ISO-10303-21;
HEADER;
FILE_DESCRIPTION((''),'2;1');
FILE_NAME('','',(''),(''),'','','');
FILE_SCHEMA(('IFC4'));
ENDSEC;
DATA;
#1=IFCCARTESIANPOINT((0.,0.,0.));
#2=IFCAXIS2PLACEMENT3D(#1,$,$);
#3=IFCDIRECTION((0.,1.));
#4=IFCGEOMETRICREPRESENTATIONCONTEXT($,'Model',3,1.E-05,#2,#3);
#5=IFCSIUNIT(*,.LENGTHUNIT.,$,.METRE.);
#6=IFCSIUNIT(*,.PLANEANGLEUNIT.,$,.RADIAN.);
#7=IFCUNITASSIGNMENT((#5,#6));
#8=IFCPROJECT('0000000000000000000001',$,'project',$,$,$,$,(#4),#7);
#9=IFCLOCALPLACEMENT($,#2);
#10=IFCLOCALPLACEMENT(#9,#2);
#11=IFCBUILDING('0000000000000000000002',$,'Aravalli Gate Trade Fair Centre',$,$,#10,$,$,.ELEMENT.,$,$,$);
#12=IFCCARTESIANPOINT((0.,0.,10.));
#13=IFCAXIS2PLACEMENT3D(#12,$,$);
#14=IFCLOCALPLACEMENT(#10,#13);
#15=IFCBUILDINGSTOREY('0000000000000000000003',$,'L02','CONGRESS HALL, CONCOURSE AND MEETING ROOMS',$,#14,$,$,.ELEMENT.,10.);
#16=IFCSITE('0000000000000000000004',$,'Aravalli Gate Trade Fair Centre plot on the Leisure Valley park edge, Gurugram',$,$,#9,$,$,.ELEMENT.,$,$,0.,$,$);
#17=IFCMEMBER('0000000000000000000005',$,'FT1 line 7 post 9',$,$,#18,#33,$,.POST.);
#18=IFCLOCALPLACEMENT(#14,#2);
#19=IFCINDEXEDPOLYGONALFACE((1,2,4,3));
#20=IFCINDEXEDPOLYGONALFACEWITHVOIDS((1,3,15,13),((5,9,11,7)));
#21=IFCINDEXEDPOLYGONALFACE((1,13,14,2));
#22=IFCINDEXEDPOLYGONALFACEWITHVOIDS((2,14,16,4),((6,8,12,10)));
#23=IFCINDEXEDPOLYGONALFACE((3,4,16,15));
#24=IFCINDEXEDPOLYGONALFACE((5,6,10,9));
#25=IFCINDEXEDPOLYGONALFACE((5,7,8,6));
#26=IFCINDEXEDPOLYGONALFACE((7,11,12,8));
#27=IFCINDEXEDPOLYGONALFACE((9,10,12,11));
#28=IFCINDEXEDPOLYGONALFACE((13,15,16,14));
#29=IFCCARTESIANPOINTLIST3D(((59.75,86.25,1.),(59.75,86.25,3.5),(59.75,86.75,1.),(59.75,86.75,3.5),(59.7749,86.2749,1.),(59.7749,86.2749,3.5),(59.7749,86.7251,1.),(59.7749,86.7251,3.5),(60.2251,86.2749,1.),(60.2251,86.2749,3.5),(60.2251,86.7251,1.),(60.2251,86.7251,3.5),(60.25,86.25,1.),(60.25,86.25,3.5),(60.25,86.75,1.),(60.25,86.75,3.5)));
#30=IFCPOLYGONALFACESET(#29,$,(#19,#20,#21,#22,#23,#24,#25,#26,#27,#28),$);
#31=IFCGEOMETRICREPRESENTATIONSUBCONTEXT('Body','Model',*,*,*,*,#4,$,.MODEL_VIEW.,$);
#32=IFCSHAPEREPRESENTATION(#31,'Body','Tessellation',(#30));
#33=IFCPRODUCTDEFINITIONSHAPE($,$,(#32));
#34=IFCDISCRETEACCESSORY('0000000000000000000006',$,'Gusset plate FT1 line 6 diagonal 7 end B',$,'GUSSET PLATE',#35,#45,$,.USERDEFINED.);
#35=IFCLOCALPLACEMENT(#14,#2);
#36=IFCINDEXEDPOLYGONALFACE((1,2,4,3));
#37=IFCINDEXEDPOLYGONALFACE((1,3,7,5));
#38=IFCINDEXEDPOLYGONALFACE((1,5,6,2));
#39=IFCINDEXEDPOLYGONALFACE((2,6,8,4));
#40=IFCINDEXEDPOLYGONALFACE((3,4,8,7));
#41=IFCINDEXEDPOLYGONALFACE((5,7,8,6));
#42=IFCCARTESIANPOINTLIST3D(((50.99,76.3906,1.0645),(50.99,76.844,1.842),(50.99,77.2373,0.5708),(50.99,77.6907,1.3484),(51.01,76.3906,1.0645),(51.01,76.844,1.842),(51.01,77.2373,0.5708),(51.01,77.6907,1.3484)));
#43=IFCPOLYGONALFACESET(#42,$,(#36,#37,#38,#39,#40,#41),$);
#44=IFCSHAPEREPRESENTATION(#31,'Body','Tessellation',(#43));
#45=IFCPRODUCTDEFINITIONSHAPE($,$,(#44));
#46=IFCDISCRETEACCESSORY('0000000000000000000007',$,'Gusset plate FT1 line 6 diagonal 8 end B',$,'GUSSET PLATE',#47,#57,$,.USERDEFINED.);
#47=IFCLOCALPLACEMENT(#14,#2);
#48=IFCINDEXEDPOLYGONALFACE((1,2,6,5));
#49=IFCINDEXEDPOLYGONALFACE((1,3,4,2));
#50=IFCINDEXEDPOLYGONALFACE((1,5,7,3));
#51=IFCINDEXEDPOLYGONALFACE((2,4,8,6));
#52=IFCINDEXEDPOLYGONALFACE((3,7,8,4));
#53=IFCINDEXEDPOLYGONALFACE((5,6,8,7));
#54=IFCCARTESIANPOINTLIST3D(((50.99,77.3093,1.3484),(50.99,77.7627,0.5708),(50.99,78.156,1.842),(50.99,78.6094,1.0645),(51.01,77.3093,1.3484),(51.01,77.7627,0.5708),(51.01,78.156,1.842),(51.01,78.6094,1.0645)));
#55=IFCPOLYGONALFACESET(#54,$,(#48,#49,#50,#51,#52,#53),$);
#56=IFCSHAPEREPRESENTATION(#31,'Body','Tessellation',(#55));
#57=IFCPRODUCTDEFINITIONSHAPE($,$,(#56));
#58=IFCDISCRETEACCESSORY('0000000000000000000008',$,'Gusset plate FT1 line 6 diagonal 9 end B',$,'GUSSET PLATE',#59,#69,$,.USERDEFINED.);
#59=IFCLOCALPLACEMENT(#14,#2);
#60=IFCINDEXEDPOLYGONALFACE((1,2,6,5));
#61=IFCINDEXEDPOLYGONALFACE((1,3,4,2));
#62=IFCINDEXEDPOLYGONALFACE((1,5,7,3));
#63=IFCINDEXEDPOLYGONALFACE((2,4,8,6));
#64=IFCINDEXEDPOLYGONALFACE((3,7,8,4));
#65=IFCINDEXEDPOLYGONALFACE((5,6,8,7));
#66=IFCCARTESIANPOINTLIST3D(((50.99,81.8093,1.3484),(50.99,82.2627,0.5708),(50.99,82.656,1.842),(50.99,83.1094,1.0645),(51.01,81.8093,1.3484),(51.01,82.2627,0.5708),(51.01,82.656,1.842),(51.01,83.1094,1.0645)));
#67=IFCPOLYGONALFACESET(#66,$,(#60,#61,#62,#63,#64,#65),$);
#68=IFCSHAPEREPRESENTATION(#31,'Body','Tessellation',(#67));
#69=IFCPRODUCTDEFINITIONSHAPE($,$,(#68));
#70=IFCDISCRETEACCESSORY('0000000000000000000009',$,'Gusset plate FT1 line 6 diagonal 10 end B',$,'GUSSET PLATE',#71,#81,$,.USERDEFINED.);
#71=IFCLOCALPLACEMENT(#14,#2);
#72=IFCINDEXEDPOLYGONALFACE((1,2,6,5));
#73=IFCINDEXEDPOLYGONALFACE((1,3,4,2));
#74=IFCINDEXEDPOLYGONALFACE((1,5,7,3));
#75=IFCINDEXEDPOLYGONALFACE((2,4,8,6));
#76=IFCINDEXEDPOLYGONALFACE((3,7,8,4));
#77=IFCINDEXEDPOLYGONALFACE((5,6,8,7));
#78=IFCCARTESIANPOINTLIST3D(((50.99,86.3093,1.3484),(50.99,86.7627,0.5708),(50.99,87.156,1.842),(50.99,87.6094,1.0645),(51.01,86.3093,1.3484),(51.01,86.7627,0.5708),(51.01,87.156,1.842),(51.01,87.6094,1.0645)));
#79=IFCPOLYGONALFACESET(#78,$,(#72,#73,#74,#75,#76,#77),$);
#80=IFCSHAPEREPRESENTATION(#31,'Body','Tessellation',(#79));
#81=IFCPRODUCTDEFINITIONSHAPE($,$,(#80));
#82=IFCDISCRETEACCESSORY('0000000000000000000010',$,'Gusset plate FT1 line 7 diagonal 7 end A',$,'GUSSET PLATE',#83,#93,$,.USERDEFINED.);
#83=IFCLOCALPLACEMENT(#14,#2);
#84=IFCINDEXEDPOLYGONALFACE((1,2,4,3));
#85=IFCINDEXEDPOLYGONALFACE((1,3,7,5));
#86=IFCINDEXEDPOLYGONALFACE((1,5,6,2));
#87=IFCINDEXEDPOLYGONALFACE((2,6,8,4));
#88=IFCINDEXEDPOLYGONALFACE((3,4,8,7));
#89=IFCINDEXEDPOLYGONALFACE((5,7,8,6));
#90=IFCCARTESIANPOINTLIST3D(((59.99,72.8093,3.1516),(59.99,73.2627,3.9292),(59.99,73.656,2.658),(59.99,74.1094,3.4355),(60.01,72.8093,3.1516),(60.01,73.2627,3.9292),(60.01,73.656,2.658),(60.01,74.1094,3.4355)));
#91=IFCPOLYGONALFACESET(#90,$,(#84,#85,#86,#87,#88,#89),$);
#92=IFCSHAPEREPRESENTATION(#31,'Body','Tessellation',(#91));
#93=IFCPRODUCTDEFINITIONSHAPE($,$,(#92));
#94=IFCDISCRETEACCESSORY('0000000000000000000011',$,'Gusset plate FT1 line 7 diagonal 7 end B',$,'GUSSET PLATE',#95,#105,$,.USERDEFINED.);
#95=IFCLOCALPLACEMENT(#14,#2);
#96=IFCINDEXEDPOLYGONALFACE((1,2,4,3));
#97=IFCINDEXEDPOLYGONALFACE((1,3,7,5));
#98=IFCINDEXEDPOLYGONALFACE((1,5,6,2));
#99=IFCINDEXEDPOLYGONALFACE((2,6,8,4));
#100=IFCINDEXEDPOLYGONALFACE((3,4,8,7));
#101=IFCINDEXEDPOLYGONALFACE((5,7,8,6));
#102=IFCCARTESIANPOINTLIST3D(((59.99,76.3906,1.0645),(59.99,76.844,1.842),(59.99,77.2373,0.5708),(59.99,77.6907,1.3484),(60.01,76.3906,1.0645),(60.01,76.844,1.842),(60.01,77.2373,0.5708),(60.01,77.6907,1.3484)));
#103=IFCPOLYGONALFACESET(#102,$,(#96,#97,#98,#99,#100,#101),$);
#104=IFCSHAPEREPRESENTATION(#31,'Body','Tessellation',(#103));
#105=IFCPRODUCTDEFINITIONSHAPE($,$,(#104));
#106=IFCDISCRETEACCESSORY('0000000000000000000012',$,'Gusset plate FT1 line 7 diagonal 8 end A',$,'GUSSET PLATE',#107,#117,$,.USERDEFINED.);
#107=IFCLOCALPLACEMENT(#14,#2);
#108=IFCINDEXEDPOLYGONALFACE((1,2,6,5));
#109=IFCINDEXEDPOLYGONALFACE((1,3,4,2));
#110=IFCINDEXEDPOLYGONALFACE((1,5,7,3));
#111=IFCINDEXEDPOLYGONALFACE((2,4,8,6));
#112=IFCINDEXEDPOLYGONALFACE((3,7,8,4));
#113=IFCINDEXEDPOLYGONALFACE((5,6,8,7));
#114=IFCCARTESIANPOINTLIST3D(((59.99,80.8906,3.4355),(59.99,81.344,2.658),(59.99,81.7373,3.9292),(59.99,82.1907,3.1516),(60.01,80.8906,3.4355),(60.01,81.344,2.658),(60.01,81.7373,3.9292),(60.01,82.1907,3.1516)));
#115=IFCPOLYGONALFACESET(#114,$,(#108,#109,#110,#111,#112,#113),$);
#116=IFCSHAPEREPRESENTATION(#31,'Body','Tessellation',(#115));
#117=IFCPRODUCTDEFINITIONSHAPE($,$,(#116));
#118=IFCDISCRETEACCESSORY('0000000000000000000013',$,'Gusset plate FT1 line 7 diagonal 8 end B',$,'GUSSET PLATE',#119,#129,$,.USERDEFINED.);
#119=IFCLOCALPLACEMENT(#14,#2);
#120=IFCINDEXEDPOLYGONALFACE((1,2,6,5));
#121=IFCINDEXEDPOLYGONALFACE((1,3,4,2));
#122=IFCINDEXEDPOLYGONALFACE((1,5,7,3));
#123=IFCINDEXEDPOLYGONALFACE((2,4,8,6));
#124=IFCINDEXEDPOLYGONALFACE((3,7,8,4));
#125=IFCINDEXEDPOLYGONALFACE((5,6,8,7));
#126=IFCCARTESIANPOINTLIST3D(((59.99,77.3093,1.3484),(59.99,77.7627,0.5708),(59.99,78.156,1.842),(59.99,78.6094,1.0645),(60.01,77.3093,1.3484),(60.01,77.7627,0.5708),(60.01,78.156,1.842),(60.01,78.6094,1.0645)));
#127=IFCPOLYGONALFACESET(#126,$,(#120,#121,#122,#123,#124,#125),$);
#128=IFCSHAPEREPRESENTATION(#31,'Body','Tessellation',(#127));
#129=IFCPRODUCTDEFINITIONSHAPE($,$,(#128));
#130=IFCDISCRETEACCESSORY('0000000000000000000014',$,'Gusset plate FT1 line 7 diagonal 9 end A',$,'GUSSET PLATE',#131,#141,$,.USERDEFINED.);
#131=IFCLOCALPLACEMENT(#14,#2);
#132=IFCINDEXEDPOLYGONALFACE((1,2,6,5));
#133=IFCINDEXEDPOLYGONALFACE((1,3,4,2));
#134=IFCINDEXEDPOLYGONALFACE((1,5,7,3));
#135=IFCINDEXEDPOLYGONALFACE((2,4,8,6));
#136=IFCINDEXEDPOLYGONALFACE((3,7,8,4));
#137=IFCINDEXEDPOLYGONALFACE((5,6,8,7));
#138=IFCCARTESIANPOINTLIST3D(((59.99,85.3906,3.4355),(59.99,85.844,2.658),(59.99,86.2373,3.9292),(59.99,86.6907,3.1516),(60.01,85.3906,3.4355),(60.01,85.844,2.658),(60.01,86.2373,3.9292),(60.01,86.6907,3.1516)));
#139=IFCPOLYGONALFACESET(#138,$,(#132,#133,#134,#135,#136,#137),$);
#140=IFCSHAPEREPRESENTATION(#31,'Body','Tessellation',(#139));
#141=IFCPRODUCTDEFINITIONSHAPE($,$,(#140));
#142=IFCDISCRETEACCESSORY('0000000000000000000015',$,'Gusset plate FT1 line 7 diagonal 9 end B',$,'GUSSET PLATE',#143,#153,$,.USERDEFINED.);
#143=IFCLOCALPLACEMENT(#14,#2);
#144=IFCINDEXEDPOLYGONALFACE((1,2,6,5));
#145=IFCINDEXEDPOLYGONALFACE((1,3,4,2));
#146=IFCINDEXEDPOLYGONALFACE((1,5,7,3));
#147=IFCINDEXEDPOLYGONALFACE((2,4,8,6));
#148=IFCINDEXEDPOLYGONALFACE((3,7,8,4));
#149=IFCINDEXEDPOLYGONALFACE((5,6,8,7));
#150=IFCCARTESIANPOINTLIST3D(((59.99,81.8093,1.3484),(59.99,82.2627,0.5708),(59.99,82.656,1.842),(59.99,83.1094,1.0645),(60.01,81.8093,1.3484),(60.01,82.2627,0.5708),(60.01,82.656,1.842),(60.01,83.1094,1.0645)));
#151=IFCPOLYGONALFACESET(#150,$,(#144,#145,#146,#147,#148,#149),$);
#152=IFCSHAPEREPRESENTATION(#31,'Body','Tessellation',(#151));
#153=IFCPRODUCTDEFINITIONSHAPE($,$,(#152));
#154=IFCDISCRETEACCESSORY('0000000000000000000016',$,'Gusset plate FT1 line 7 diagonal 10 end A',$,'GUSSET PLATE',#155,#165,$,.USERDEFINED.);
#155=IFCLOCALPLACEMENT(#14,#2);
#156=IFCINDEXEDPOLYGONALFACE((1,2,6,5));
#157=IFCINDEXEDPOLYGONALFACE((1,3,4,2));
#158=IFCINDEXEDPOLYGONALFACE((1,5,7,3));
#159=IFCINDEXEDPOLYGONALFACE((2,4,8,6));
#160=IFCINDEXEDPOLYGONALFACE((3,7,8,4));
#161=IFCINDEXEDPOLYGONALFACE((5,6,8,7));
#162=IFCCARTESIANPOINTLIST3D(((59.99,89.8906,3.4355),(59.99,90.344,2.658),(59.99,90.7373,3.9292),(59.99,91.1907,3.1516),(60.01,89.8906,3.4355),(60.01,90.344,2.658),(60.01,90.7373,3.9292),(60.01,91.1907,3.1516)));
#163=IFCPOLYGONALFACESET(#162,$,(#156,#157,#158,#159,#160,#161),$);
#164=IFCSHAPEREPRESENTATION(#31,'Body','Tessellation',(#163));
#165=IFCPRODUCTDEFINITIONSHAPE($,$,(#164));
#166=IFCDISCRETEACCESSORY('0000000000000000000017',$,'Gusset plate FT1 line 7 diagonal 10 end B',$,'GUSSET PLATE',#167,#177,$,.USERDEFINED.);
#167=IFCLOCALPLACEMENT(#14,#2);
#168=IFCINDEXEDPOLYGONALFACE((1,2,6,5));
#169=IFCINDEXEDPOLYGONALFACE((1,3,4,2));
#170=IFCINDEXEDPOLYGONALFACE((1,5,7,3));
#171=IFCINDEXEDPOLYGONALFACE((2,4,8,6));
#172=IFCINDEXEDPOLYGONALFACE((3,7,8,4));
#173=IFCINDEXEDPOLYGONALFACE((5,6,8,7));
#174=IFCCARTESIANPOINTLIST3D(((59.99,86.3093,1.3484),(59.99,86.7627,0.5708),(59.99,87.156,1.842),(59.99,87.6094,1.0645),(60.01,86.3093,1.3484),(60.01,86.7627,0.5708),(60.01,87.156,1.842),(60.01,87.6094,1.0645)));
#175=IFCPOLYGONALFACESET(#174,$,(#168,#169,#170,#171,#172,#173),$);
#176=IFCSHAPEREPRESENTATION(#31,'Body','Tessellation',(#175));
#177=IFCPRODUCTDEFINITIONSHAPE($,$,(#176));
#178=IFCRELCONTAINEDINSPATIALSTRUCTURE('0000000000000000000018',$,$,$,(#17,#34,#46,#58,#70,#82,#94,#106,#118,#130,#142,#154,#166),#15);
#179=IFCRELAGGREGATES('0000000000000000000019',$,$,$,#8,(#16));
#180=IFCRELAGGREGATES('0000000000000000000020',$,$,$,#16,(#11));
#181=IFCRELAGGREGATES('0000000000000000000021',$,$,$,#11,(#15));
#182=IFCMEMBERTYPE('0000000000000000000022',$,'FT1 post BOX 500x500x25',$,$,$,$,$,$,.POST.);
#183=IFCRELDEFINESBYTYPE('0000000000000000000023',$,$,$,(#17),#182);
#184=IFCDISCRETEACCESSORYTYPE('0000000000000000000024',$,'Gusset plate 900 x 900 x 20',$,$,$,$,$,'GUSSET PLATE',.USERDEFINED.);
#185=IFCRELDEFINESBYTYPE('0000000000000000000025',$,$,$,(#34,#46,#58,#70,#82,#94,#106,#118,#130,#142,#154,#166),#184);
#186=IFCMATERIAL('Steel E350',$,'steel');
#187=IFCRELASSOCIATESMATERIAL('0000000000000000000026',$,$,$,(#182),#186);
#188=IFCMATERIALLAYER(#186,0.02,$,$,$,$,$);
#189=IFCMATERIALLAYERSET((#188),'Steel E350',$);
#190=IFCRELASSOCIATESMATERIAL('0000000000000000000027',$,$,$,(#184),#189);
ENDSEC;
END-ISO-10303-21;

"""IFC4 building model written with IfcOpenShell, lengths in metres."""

from ifc_helpers import new_model, si_unit, direction, frame, origin, origin_2d, place, context, subcontext, project, spatial, polyline, hollow_rectangle, outline, extrude, material, layer, layer_set, material_profile, profile_set, type_object, element, save


model = new_model("IFC4")

# Units and contexts
model_context = context("Model", 3, precision=1e-05, world=origin(), true_north=direction((0.0, 1.0)))
body_context = subcontext(model_context, "Body", "Model", "MODEL_VIEW")
ifc_project = project(units=[si_unit("LENGTHUNIT", "METRE"), si_unit("PLANEANGLEUNIT", "RADIAN")], contexts=[model_context])

# Site, building, storey
site_placement = place(None, origin())
site = spatial("IfcSite", under=ifc_project, at=site_placement, Name="Aravalli Gate Trade Fair Centre plot on the Leisure Valley park edge, Gurugram", CompositionType="ELEMENT", RefElevation=0.0)
building_placement = place(site_placement, origin())
building = spatial("IfcBuilding", under=site, at=building_placement, Name="Aravalli Gate Trade Fair Centre", CompositionType="ELEMENT")
storey_placement = place(building_placement, frame((0.0, 0.0, 10.0)))
storey = spatial("IfcBuildingStorey", under=building, at=storey_placement, Name="L02", Description="CONGRESS HALL, CONCOURSE AND MEETING ROOMS", CompositionType="ELEMENT", Elevation=10.0)

# Member
ifc_material = material(Name="Steel E350", Category="steel")
ifc_material_profile_1 = material_profile(ifc_material, hollow_rectangle(XDim=0.5, YDim=0.5, WallThickness=0.0249, at=origin_2d()), Name="BOX 500x500x25")
ifc_profile_set_1 = profile_set([ifc_material_profile_1], Name="Steel E350")
member_type_1 = type_object("IfcMemberType", Name="FT1 post BOX 500x500x25", PredefinedType="POST", material=ifc_profile_set_1)
for number, where, z_axis, x_axis, name in (
    (1, (60.0, 86.5, 1.0), (0.0, 0.0, 1.0), (1.0, 0.0, 0.0), "FT1 line 7 post 9"),
):
    element("IfcMember", number, at=place(storey_placement, frame(where, z_axis=z_axis, x_axis=x_axis)), inside=storey, type_object=member_type_1, Name=name, PredefinedType="POST", context=body_context, shape_type="SweptSolid", body=[
        extrude(hollow_rectangle(XDim=0.5, YDim=0.5, WallThickness=0.0249, at=origin_2d()), origin(), (0.0, 0.0, 1.0), 2.5),
    ])

# Discrete accessories
ifc_layer = layer(ifc_material, 0.02)
ifc_layer_set = layer_set([ifc_layer], Name="Steel E350")
discrete_accessory_type = type_object("IfcDiscreteAccessoryType", Name="Gusset plate 900 x 900 x 20", ElementType="GUSSET PLATE", PredefinedType="USERDEFINED", material=ifc_layer_set)
discrete_accessory_1_placement = place(storey_placement, frame((51.01, 76.3906, 1.0645), z_axis=(1.0, 0.0, 0.0), x_axis=(0.0, 0.863887, -0.503685)))
element("IfcDiscreteAccessory", 2, at=discrete_accessory_1_placement, inside=storey, type_object=discrete_accessory_type, Name="Gusset plate FT1 line 6 diagonal 7 end B", ObjectType="GUSSET PLATE", PredefinedType="USERDEFINED", context=body_context, shape_type="SweptSolid", body=[
    extrude(outline(polyline([(0.0, 0.0), (0.9801, 0.0), (0.9801, 0.9001), (0.0, 0.9001), (0.0, 0.0)])), origin(), (0.0, 0.0, -1.0), 0.02),
])
for number, where, z_axis, x_axis, name in (
    (3, (51.01, 78.156, 1.842), (1.0, 0.0, 0.0), (0.0, -0.863887, -0.503685), "Gusset plate FT1 line 6 diagonal 8 end B"),
    (4, (51.01, 82.656, 1.842), (1.0, 0.0, 0.0), (0.0, -0.863887, -0.503685), "Gusset plate FT1 line 6 diagonal 9 end B"),
    (5, (51.01, 87.156, 1.842), (1.0, 0.0, 0.0), (0.0, -0.863887, -0.503685), "Gusset plate FT1 line 6 diagonal 10 end B"),
    (6, (59.99, 73.656, 2.658), (-1.0, 0.0, 0.0), (0.0, -0.863887, 0.503685), "Gusset plate FT1 line 7 diagonal 7 end A"),
):
    element("IfcDiscreteAccessory", number, at=place(storey_placement, frame(where, z_axis=z_axis, x_axis=x_axis)), inside=storey, type_object=discrete_accessory_type, Name=name, ObjectType="GUSSET PLATE", PredefinedType="USERDEFINED", context=body_context, shape_type="SweptSolid", body=[
        extrude(outline(polyline([(0.0, 0.0), (0.9801, 0.0), (0.9801, 0.9001), (0.0, 0.9001), (0.0, 0.0)])), origin(), (0.0, 0.0, -1.0), 0.02),
    ])
for number, where, z_axis, x_axis, name in (
    (7, (60.01, 76.3906, 1.0645), (1.0, 0.0, 0.0), (0.0, 0.863887, -0.503685), "Gusset plate FT1 line 7 diagonal 7 end B"),
    (8, (59.99, 80.8906, 3.4355), (-1.0, 0.0, 0.0), (0.0, 0.863887, 0.503685), "Gusset plate FT1 line 7 diagonal 8 end A"),
):
    element("IfcDiscreteAccessory", number, at=place(storey_placement, frame(where, z_axis=z_axis, x_axis=x_axis)), inside=storey, type_object=discrete_accessory_type, Name=name, ObjectType="GUSSET PLATE", PredefinedType="USERDEFINED", context=body_context, shape_type="SweptSolid", body=[
        extrude(outline(polyline([(0.0, 0.0), (0.9801, 0.0), (0.9801, 0.9001), (0.0, 0.9001), (0.0, 0.0)])), origin(), (0.0, 0.0, -1.0), 0.02),
    ])
discrete_accessory_2_placement = place(storey_placement, frame((60.01, 78.156, 1.842), z_axis=(1.0, 0.0, 0.0), x_axis=(0.0, -0.863887, -0.503685)))
element("IfcDiscreteAccessory", 9, at=discrete_accessory_2_placement, inside=storey, type_object=discrete_accessory_type, Name="Gusset plate FT1 line 7 diagonal 8 end B", ObjectType="GUSSET PLATE", PredefinedType="USERDEFINED", context=body_context, shape_type="SweptSolid", body=[
    extrude(outline(polyline([(0.0, 0.0), (0.9801, 0.0), (0.9801, 0.9001), (0.0, 0.9001), (0.0, 0.0)])), origin(), (0.0, 0.0, -1.0), 0.02),
])
discrete_accessory_3_placement = place(storey_placement, frame((59.99, 85.3906, 3.4355), z_axis=(-1.0, 0.0, 0.0), x_axis=(0.0, 0.863887, 0.503685)))
element("IfcDiscreteAccessory", 10, at=discrete_accessory_3_placement, inside=storey, type_object=discrete_accessory_type, Name="Gusset plate FT1 line 7 diagonal 9 end A", ObjectType="GUSSET PLATE", PredefinedType="USERDEFINED", context=body_context, shape_type="SweptSolid", body=[
    extrude(outline(polyline([(0.0, 0.0), (0.9801, 0.0), (0.9801, 0.9001), (0.0, 0.9001), (0.0, 0.0)])), origin(), (0.0, 0.0, -1.0), 0.02),
])
discrete_accessory_4_placement = place(storey_placement, frame((60.01, 82.656, 1.842), z_axis=(1.0, 0.0, 0.0), x_axis=(0.0, -0.863887, -0.503685)))
element("IfcDiscreteAccessory", 11, at=discrete_accessory_4_placement, inside=storey, type_object=discrete_accessory_type, Name="Gusset plate FT1 line 7 diagonal 9 end B", ObjectType="GUSSET PLATE", PredefinedType="USERDEFINED", context=body_context, shape_type="SweptSolid", body=[
    extrude(outline(polyline([(0.0, 0.0), (0.9801, 0.0), (0.9801, 0.9001), (0.0, 0.9001), (0.0, 0.0)])), origin(), (0.0, 0.0, -1.0), 0.02),
])
discrete_accessory_5_placement = place(storey_placement, frame((59.99, 89.8906, 3.4355), z_axis=(-1.0, 0.0, 0.0), x_axis=(0.0, 0.863887, 0.503685)))
element("IfcDiscreteAccessory", 12, at=discrete_accessory_5_placement, inside=storey, type_object=discrete_accessory_type, Name="Gusset plate FT1 line 7 diagonal 10 end A", ObjectType="GUSSET PLATE", PredefinedType="USERDEFINED", context=body_context, shape_type="SweptSolid", body=[
    extrude(outline(polyline([(0.0, 0.0), (0.9801, 0.0), (0.9801, 0.9001), (0.0, 0.9001), (0.0, 0.0)])), origin(), (0.0, 0.0, -1.0), 0.02),
])
discrete_accessory_6_placement = place(storey_placement, frame((60.01, 87.156, 1.842), z_axis=(1.0, 0.0, 0.0), x_axis=(0.0, -0.863887, -0.503685)))
element("IfcDiscreteAccessory", 13, at=discrete_accessory_6_placement, inside=storey, type_object=discrete_accessory_type, Name="Gusset plate FT1 line 7 diagonal 10 end B", ObjectType="GUSSET PLATE", PredefinedType="USERDEFINED", context=body_context, shape_type="SweptSolid", body=[
    extrude(outline(polyline([(0.0, 0.0), (0.9801, 0.0), (0.9801, 0.9001), (0.0, 0.9001), (0.0, 0.0)])), origin(), (0.0, 0.0, -1.0), 0.02),
])

save(model, "model.ifc")
